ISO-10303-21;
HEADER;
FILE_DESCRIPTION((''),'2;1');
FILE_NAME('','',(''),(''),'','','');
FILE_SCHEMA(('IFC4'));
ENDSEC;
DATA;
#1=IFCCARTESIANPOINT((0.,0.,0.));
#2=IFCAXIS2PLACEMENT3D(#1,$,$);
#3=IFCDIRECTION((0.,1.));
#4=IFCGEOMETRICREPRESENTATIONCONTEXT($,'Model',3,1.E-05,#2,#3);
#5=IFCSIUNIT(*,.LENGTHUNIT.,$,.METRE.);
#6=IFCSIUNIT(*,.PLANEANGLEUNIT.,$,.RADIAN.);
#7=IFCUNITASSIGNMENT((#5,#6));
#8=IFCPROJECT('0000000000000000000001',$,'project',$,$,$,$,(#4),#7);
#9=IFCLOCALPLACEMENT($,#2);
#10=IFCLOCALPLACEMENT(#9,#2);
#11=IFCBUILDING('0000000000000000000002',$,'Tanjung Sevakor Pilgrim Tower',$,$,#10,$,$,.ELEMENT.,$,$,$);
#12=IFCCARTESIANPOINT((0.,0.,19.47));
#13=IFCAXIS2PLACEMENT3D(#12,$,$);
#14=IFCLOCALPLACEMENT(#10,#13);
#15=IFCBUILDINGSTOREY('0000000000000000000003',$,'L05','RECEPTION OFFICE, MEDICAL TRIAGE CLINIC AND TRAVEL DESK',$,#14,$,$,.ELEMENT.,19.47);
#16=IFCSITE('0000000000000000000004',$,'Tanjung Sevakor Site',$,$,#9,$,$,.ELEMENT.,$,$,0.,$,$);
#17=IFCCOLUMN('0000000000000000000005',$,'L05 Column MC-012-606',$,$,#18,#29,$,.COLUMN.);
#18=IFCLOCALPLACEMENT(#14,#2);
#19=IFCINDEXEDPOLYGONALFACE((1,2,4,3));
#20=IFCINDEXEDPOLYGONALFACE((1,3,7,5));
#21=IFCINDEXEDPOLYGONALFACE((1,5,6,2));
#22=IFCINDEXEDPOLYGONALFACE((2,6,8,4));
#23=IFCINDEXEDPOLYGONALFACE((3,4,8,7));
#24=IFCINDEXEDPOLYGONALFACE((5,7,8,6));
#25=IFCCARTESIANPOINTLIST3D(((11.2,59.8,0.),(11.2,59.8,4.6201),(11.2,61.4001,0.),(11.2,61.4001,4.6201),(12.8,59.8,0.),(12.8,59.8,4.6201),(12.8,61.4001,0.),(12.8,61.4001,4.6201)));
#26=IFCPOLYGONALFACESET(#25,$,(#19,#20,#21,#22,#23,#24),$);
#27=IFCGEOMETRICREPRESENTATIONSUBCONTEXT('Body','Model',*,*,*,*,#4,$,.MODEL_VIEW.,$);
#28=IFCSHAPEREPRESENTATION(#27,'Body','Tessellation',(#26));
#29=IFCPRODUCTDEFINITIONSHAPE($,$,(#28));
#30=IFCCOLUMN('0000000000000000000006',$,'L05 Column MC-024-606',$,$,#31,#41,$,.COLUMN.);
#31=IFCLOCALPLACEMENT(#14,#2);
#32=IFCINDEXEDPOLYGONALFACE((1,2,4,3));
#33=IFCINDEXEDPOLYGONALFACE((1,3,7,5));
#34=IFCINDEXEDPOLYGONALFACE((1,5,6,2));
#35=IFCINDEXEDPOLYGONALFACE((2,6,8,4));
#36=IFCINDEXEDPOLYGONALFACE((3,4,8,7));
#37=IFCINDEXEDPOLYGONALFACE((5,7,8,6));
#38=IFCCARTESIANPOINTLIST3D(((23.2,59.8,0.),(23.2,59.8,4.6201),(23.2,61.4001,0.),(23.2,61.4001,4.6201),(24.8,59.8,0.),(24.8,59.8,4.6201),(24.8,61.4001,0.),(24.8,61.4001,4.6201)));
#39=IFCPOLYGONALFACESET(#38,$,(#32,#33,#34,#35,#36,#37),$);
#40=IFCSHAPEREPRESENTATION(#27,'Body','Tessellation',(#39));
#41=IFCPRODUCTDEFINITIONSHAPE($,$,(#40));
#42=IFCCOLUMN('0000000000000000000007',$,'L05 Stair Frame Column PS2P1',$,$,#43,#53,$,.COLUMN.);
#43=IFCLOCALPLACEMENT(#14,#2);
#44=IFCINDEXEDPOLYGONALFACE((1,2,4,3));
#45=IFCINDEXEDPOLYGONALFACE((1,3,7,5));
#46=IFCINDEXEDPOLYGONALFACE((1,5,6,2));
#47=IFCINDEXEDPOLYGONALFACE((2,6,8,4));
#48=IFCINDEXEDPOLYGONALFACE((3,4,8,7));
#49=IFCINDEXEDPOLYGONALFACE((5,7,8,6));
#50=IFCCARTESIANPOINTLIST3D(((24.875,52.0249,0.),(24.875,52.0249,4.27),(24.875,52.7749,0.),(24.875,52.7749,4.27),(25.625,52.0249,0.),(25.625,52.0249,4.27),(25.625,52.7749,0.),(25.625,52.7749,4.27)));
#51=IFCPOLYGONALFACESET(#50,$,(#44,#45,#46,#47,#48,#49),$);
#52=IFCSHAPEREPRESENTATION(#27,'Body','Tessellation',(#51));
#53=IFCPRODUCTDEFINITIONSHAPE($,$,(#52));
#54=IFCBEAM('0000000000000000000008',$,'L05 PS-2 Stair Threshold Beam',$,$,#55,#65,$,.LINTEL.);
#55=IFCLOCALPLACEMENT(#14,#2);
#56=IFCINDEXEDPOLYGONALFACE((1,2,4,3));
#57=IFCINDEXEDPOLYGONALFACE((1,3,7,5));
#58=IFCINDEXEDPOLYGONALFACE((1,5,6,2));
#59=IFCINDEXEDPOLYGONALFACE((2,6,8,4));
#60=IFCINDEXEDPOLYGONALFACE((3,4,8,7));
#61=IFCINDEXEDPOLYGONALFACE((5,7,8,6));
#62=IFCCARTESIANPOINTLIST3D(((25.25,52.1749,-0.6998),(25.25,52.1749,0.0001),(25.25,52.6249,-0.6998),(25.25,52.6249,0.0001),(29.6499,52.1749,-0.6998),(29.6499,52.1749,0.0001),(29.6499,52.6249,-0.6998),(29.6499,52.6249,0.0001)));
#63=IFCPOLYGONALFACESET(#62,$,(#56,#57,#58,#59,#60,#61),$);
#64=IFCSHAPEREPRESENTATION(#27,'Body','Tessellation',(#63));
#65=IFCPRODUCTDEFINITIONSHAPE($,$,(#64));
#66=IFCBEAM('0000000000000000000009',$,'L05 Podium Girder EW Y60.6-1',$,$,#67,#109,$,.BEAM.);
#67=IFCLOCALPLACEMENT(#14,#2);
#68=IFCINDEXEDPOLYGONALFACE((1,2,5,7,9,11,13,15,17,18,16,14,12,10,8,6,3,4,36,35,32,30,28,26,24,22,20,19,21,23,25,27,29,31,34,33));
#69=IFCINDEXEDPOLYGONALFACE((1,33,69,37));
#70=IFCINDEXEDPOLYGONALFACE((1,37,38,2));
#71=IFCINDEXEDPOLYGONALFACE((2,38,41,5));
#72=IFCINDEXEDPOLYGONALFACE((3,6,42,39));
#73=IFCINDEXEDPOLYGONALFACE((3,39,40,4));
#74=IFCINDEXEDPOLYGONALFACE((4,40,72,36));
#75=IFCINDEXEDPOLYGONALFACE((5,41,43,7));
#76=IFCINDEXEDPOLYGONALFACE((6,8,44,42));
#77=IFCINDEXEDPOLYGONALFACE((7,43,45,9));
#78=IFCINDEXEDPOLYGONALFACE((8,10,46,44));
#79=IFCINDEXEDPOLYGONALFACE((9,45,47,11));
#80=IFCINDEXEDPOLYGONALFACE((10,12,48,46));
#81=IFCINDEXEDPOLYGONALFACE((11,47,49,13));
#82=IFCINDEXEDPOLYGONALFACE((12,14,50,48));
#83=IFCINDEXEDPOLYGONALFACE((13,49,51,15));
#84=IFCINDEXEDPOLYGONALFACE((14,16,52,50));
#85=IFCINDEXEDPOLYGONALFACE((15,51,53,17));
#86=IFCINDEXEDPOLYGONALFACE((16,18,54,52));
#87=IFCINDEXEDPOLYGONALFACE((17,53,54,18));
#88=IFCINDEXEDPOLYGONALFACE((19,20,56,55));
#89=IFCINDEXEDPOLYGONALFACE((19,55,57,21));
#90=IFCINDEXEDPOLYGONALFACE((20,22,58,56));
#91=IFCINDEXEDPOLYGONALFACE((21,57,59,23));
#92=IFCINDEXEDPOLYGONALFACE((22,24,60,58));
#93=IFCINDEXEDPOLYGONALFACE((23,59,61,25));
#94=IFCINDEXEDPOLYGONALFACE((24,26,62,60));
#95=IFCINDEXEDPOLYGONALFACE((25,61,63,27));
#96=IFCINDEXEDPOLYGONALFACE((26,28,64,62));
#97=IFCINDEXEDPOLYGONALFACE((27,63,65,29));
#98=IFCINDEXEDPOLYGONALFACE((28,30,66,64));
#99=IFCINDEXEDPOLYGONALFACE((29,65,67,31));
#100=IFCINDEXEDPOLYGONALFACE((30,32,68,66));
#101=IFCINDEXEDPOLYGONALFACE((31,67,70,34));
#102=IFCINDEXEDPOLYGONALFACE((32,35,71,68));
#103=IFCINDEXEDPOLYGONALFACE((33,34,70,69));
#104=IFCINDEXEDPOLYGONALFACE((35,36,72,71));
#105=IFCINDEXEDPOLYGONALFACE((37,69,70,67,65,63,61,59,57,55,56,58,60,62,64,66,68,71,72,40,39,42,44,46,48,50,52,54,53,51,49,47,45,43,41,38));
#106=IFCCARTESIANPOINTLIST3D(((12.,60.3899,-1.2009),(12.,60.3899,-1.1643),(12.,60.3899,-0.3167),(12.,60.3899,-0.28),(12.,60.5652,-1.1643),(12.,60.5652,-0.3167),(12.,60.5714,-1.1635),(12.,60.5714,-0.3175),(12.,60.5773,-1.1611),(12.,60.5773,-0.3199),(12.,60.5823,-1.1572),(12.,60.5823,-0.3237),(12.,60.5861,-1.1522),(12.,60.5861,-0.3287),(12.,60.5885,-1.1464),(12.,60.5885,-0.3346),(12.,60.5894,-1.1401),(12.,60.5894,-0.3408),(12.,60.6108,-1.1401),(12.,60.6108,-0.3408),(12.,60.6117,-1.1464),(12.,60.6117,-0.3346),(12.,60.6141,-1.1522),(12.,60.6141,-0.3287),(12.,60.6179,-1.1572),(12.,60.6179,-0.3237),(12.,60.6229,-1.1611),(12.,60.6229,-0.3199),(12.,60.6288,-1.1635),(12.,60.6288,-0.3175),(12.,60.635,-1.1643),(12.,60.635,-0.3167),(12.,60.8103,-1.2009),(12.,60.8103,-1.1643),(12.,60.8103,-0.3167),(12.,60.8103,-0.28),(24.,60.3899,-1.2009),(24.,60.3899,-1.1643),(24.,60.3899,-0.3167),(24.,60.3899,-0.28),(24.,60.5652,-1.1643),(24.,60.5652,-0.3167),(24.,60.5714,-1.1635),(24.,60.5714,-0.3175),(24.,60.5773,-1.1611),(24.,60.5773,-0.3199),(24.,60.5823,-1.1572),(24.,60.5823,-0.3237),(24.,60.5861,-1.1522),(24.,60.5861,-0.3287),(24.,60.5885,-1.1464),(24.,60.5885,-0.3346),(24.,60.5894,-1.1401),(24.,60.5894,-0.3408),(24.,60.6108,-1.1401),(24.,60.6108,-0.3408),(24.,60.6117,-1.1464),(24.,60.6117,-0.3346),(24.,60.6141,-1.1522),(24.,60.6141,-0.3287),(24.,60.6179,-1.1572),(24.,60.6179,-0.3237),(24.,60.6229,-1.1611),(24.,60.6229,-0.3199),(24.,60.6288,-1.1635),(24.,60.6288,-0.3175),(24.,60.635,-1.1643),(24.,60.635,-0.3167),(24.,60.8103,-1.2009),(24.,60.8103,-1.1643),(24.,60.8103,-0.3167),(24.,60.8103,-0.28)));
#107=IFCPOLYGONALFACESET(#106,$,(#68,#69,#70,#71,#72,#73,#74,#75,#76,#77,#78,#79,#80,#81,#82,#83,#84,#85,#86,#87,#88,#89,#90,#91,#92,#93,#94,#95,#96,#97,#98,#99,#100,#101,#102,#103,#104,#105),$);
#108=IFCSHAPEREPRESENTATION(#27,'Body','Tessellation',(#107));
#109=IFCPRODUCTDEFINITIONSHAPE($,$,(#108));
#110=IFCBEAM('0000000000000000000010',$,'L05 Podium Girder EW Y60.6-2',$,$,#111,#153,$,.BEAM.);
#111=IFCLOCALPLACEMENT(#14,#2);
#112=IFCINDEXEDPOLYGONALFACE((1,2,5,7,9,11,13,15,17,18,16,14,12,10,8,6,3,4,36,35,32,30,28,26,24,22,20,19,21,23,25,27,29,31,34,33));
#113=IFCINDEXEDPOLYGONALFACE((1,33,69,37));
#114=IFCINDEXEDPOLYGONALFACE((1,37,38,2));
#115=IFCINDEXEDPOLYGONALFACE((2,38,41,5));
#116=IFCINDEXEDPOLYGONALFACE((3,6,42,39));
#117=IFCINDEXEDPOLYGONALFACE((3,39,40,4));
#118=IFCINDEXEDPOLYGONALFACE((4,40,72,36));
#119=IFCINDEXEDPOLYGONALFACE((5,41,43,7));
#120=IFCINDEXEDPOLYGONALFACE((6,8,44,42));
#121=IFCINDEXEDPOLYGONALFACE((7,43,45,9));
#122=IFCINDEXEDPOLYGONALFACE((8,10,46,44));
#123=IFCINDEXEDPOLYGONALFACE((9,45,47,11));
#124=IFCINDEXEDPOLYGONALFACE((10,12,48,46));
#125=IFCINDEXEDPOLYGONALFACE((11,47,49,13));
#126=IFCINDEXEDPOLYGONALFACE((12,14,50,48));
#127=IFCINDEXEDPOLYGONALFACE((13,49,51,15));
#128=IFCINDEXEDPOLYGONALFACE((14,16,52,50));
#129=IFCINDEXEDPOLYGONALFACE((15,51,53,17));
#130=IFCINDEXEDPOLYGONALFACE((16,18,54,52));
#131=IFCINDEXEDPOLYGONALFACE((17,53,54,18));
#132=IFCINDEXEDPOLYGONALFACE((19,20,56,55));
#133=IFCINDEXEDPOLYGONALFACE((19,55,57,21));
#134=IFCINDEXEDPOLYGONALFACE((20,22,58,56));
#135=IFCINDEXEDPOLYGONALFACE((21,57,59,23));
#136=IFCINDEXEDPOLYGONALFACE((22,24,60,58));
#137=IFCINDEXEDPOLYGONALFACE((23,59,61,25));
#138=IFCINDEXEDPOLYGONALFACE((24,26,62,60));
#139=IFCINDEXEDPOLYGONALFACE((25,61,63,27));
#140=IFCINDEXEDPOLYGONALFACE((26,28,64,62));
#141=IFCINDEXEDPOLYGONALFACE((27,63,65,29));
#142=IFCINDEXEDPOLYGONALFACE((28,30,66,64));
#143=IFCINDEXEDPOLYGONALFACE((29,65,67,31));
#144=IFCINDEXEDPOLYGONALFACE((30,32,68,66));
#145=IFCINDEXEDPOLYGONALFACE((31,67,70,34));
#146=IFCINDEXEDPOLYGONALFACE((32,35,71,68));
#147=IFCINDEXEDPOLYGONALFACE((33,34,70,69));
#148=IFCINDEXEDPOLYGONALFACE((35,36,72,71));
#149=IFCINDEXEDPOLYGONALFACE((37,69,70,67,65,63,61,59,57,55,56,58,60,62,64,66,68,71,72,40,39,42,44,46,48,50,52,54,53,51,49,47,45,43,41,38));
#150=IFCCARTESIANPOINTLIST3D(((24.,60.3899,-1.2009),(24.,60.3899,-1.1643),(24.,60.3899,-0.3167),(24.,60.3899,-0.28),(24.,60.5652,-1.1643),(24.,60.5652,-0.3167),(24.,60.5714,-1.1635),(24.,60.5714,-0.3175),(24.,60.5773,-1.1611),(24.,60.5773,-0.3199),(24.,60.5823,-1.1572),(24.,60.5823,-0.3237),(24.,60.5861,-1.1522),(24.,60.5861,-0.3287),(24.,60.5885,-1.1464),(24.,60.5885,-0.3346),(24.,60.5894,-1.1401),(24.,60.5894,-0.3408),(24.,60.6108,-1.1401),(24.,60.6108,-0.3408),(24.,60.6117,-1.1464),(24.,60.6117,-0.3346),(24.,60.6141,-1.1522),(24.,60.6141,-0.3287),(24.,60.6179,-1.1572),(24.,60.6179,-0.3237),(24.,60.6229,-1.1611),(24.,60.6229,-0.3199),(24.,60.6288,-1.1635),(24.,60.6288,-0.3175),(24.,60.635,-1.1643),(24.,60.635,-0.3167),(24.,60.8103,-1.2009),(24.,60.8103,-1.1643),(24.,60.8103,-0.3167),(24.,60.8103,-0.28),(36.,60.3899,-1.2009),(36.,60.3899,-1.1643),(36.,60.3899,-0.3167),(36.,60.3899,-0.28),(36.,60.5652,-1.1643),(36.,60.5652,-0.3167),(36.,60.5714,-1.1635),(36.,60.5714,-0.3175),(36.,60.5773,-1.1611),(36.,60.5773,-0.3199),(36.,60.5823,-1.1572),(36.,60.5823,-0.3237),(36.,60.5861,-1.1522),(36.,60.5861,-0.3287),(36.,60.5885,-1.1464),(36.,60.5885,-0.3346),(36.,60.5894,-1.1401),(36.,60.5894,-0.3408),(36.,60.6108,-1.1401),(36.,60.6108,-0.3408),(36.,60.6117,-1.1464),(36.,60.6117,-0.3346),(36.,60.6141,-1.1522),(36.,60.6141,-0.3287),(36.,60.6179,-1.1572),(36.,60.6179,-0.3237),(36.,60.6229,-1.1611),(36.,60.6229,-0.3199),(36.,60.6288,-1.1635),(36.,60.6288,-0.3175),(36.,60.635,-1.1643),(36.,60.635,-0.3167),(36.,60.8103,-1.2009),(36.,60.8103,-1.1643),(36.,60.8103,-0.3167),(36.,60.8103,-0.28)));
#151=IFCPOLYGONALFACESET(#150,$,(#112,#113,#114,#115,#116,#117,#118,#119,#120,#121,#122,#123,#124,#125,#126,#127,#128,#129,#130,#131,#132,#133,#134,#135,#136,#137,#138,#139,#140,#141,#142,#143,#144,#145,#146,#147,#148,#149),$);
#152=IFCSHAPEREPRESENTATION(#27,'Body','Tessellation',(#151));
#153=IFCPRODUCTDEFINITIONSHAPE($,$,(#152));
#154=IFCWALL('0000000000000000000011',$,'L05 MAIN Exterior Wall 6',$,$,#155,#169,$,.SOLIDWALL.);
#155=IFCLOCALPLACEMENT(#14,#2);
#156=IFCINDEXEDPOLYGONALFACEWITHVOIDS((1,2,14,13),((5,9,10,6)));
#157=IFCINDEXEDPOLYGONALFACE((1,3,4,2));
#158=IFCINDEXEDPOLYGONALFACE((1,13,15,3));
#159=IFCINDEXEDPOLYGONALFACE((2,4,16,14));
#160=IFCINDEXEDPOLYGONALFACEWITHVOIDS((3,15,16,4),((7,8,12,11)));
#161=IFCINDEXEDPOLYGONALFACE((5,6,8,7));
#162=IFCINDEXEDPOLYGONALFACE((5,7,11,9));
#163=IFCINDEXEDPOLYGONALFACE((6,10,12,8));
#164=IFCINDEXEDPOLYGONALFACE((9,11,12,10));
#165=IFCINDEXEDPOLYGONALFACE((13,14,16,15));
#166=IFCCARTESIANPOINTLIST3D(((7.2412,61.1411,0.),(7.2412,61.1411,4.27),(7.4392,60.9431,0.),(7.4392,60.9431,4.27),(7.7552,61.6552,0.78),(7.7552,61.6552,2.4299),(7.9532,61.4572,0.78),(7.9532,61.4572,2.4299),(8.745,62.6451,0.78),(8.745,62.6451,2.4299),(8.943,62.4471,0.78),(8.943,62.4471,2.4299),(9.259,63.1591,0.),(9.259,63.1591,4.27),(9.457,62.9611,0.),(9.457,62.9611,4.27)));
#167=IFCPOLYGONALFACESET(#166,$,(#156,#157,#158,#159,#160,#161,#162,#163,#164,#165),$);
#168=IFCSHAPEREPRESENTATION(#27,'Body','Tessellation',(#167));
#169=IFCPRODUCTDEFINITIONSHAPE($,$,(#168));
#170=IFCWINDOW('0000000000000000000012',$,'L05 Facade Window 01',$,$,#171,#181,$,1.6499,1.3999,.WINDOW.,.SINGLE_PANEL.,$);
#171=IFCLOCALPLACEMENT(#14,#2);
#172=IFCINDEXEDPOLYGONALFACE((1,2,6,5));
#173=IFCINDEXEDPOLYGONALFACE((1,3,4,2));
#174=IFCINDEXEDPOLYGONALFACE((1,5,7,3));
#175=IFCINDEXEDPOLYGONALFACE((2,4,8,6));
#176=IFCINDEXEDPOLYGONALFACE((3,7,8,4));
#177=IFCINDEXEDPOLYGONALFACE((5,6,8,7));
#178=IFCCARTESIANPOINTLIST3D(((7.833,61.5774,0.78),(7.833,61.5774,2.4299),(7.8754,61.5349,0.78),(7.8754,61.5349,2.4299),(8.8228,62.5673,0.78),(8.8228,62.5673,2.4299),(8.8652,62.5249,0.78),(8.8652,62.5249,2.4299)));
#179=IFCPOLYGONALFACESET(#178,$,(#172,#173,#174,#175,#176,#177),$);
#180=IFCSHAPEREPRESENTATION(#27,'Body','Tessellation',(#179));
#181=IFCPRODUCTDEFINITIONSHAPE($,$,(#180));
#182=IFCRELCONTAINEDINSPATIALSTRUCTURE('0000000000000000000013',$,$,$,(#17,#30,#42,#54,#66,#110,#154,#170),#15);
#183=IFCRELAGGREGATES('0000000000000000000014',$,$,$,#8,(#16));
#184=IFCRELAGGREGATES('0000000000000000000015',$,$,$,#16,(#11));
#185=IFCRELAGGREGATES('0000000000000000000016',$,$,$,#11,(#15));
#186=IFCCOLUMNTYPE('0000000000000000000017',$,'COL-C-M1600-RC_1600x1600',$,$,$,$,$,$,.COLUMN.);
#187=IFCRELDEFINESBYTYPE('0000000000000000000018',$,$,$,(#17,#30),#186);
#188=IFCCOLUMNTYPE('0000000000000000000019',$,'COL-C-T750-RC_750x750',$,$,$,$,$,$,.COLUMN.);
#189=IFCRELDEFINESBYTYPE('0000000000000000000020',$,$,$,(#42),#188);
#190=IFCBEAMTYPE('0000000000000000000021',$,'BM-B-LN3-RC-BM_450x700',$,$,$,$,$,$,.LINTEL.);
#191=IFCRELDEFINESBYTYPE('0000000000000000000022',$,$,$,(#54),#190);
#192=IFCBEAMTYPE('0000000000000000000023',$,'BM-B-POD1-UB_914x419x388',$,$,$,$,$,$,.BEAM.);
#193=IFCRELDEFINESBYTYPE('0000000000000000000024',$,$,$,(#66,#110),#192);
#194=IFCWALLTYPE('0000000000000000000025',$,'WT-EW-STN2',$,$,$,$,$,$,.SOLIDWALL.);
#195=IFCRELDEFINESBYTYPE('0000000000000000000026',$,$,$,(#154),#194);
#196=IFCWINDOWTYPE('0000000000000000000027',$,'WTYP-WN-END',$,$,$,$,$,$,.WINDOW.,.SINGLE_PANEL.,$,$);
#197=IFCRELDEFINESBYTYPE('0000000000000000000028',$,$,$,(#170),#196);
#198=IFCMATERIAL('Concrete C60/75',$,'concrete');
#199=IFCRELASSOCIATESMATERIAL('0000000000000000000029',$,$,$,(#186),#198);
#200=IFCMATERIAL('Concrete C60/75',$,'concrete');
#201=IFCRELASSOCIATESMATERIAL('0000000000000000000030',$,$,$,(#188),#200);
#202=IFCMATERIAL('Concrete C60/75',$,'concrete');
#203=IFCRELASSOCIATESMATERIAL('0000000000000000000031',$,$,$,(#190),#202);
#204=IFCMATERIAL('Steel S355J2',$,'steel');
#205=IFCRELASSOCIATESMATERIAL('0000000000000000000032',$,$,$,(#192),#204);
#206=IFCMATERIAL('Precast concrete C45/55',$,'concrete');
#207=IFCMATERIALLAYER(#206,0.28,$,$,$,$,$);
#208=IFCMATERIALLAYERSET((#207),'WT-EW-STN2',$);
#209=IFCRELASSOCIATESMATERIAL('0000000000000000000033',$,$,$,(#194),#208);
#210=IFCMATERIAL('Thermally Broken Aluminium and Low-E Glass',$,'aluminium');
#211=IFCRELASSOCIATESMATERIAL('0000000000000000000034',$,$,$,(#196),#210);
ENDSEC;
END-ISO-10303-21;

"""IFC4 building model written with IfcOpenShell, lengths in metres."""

from ifc_helpers import new_model, si_unit, direction, frame, frame_2d, origin, origin_2d, place, context, subcontext, project, spatial, rectangle, i_section, extrude, material, layer, layer_set, material_profile, profile_set, type_object, element, fill, save


model = new_model("IFC4")

# Units and contexts
model_context = context("Model", 3, precision=1e-05, world=origin(), true_north=direction((0.0, 1.0)))
body_context = subcontext(model_context, "Body", "Model", "MODEL_VIEW")
ifc_project = project(units=[si_unit("LENGTHUNIT", "METRE"), si_unit("PLANEANGLEUNIT", "RADIAN")], contexts=[model_context])

# Site, building, storey
site_placement = place(None, origin())
site = spatial("IfcSite", under=ifc_project, at=site_placement, Name="Tanjung Sevakor Site", CompositionType="ELEMENT", RefElevation=0.0)
building_placement = place(site_placement, origin())
building = spatial("IfcBuilding", under=site, at=building_placement, Name="Tanjung Sevakor Pilgrim Tower", CompositionType="ELEMENT")
storey_placement = place(building_placement, frame((0.0, 0.0, 19.47)))
storey = spatial("IfcBuildingStorey", under=building, at=storey_placement, Name="L05", Description="RECEPTION OFFICE, MEDICAL TRIAGE CLINIC AND TRAVEL DESK", CompositionType="ELEMENT", Elevation=19.47)

# Columns
ifc_material_1 = material(Name="Concrete C60/75", Category="concrete")
ifc_material_profile_1 = material_profile(ifc_material_1, rectangle(XDim=1.6001, YDim=1.6001, at=origin_2d()))
ifc_profile_set_1 = profile_set([ifc_material_profile_1], Name="Concrete C60/75")
column_type_1 = type_object("IfcColumnType", Name="COL-C-M1600-RC_1600x1600", PredefinedType="COLUMN", material=ifc_profile_set_1)
for number, where, z_axis, x_axis, name in (
    (1, (12.0, 60.6001, 0.0), (0.0, 0.0, 1.0), (1.0, 0.0, 0.0), "L05 Column MC-012-606"),
    (2, (24.0, 60.6001, 0.0), (0.0, 0.0, 1.0), (1.0, 0.0, 0.0), "L05 Column MC-024-606"),
):
    element("IfcColumn", number, at=place(storey_placement, frame(where, z_axis=z_axis, x_axis=x_axis)), inside=storey, type_object=column_type_1, Name=name, PredefinedType="COLUMN", context=body_context, shape_type="SweptSolid", body=[
        extrude(rectangle(XDim=1.6001, YDim=1.6001, at=origin_2d()), origin(), (0.0, 0.0, 1.0), 4.6201),
    ])
ifc_material_2 = material(Name="Concrete C60/75", Category="concrete")
ifc_material_profile_2 = material_profile(ifc_material_2, rectangle(XDim=0.75, YDim=0.75, at=origin_2d()))
ifc_profile_set_2 = profile_set([ifc_material_profile_2], Name="Concrete C60/75")
column_type_2 = type_object("IfcColumnType", Name="COL-C-T750-RC_750x750", PredefinedType="COLUMN", material=ifc_profile_set_2)
column_placement = place(storey_placement, frame((25.25, 52.3999, 0.0), z_axis=(0.0, 0.0, 1.0), x_axis=(1.0, 0.0, 0.0)))
element("IfcColumn", 3, at=column_placement, inside=storey, type_object=column_type_2, Name="L05 Stair Frame Column PS2P1", PredefinedType="COLUMN", context=body_context, shape_type="SweptSolid", body=[
    extrude(rectangle(XDim=0.75, YDim=0.75, at=origin_2d()), origin(), (0.0, 0.0, 1.0), 4.27),
])

# Beams
ifc_material_3 = material(Name="Concrete C60/75", Category="concrete")
ifc_material_profile_3 = material_profile(ifc_material_3, rectangle(XDim=0.45, YDim=0.7, at=origin_2d()))
ifc_profile_set_3 = profile_set([ifc_material_profile_3], Name="Concrete C60/75")
beam_type_1 = type_object("IfcBeamType", Name="BM-B-LN3-RC-BM_450x700", PredefinedType="LINTEL", material=ifc_profile_set_3)
beam_placement = place(storey_placement, frame((25.25, 52.3999, -0.3499), z_axis=(1.0, 0.0, 0.0), x_axis=(0.0, 1.0, 0.0)))
element("IfcBeam", 4, at=beam_placement, inside=storey, type_object=beam_type_1, Name="L05 PS-2 Stair Threshold Beam", PredefinedType="LINTEL", context=body_context, shape_type="SweptSolid", body=[
    extrude(rectangle(XDim=0.45, YDim=0.7, at=origin_2d()), origin(), (0.0, 0.0, 1.0), 4.3999),
])
ifc_material_4 = material(Name="Steel S355J2", Category="steel")
ifc_material_profile_4 = material_profile(ifc_material_4, i_section(OverallWidth=0.4204, OverallDepth=0.9209, WebThickness=0.0215, FlangeThickness=0.0366, FilletRadius=0.0242, at=origin_2d()))
ifc_profile_set_4 = profile_set([ifc_material_profile_4], Name="Steel S355J2")
beam_type_2 = type_object("IfcBeamType", Name="BM-B-POD1-UB_914x419x388", PredefinedType="BEAM", material=ifc_profile_set_4)
for number, where, z_axis, x_axis, name in (
    (5, (12.0, 60.6001, -0.7405), (1.0, 0.0, 0.0), (0.0, 1.0, 0.0), "L05 Podium Girder EW Y60.6-1"),
    (6, (24.0, 60.6001, -0.7405), (1.0, 0.0, 0.0), (0.0, 1.0, 0.0), "L05 Podium Girder EW Y60.6-2"),
):
    element("IfcBeam", number, at=place(storey_placement, frame(where, z_axis=z_axis, x_axis=x_axis)), inside=storey, type_object=beam_type_2, Name=name, PredefinedType="BEAM", context=body_context, shape_type="SweptSolid", body=[
        extrude(i_section(OverallWidth=0.4204, OverallDepth=0.9209, WebThickness=0.0215, FlangeThickness=0.0366, FilletRadius=0.0242, at=origin_2d()), origin(), (0.0, 0.0, 1.0), 12.0),
    ])

# Wall, opening, window
ifc_material_5 = material(Name="Precast concrete C45/55", Category="concrete")
ifc_layer_1 = layer(ifc_material_5, 0.28)
ifc_layer_set_1 = layer_set([ifc_layer_1], Name="WT-EW-STN2")
wall_type_1 = type_object("IfcWallType", Name="WT-EW-STN2", PredefinedType="SOLIDWALL", material=ifc_layer_set_1)
wall_1_placement = place(storey_placement, frame((9.3579, 63.0601, 0.0), z_axis=(0.0, 0.0, 1.0), x_axis=(-0.707064, -0.70715, 0.0)))
wall_1 = element("IfcWall", 7, at=wall_1_placement, inside=storey, type_object=wall_type_1, Name="L05 MAIN Exterior Wall 6", PredefinedType="SOLIDWALL", context=body_context, shape_type="SweptSolid", body=[
    extrude(rectangle(XDim=2.8538, YDim=0.28, at=frame_2d((1.4268, 0.0))), origin(), (0.0, 0.0, 1.0), 4.27),
])
opening_1_placement = place(wall_1_placement, frame((0.7268, 0.0, 0.78)))
opening_1 = element("IfcOpeningElement", 8, at=opening_1_placement, cuts=wall_1, PredefinedType="OPENING", context=body_context, shape_type="SweptSolid", body=[
    extrude(rectangle(XDim=1.3999, YDim=1.6499, at=frame_2d((0.7, 0.825))), frame((0.0, 0.1499, 0.0), z_axis=(0.0, -1.0, 0.0), x_axis=(1.0, 0.0, 0.0)), (0.0, 0.0, 1.0), 0.3),
])
ifc_material_6 = material(Name="Thermally Broken Aluminium and Low-E Glass", Category="aluminium")
window_type_1 = type_object("IfcWindowType", Name="WTYP-WN-END", PartitioningType="SINGLE_PANEL", PredefinedType="WINDOW", material=ifc_material_6)
window_1_placement = place(opening_1_placement, origin())
window_1 = element("IfcWindow", 9, at=window_1_placement, inside=storey, type_object=window_type_1, Name="L05 Facade Window 01", OverallHeight=1.6499, OverallWidth=1.3999, PartitioningType="SINGLE_PANEL", PredefinedType="WINDOW", context=body_context, shape_type="SweptSolid", body=[
    extrude(rectangle(XDim=1.3999, YDim=1.6499, at=frame_2d((0.7, 0.825))), frame((0.0, 0.03, 0.0), z_axis=(0.0, -1.0, 0.0), x_axis=(1.0, 0.0, 0.0)), (0.0, 0.0, 1.0), 0.0601),
])
fill(opening_1, window_1)

save(model, "model.ifc")
